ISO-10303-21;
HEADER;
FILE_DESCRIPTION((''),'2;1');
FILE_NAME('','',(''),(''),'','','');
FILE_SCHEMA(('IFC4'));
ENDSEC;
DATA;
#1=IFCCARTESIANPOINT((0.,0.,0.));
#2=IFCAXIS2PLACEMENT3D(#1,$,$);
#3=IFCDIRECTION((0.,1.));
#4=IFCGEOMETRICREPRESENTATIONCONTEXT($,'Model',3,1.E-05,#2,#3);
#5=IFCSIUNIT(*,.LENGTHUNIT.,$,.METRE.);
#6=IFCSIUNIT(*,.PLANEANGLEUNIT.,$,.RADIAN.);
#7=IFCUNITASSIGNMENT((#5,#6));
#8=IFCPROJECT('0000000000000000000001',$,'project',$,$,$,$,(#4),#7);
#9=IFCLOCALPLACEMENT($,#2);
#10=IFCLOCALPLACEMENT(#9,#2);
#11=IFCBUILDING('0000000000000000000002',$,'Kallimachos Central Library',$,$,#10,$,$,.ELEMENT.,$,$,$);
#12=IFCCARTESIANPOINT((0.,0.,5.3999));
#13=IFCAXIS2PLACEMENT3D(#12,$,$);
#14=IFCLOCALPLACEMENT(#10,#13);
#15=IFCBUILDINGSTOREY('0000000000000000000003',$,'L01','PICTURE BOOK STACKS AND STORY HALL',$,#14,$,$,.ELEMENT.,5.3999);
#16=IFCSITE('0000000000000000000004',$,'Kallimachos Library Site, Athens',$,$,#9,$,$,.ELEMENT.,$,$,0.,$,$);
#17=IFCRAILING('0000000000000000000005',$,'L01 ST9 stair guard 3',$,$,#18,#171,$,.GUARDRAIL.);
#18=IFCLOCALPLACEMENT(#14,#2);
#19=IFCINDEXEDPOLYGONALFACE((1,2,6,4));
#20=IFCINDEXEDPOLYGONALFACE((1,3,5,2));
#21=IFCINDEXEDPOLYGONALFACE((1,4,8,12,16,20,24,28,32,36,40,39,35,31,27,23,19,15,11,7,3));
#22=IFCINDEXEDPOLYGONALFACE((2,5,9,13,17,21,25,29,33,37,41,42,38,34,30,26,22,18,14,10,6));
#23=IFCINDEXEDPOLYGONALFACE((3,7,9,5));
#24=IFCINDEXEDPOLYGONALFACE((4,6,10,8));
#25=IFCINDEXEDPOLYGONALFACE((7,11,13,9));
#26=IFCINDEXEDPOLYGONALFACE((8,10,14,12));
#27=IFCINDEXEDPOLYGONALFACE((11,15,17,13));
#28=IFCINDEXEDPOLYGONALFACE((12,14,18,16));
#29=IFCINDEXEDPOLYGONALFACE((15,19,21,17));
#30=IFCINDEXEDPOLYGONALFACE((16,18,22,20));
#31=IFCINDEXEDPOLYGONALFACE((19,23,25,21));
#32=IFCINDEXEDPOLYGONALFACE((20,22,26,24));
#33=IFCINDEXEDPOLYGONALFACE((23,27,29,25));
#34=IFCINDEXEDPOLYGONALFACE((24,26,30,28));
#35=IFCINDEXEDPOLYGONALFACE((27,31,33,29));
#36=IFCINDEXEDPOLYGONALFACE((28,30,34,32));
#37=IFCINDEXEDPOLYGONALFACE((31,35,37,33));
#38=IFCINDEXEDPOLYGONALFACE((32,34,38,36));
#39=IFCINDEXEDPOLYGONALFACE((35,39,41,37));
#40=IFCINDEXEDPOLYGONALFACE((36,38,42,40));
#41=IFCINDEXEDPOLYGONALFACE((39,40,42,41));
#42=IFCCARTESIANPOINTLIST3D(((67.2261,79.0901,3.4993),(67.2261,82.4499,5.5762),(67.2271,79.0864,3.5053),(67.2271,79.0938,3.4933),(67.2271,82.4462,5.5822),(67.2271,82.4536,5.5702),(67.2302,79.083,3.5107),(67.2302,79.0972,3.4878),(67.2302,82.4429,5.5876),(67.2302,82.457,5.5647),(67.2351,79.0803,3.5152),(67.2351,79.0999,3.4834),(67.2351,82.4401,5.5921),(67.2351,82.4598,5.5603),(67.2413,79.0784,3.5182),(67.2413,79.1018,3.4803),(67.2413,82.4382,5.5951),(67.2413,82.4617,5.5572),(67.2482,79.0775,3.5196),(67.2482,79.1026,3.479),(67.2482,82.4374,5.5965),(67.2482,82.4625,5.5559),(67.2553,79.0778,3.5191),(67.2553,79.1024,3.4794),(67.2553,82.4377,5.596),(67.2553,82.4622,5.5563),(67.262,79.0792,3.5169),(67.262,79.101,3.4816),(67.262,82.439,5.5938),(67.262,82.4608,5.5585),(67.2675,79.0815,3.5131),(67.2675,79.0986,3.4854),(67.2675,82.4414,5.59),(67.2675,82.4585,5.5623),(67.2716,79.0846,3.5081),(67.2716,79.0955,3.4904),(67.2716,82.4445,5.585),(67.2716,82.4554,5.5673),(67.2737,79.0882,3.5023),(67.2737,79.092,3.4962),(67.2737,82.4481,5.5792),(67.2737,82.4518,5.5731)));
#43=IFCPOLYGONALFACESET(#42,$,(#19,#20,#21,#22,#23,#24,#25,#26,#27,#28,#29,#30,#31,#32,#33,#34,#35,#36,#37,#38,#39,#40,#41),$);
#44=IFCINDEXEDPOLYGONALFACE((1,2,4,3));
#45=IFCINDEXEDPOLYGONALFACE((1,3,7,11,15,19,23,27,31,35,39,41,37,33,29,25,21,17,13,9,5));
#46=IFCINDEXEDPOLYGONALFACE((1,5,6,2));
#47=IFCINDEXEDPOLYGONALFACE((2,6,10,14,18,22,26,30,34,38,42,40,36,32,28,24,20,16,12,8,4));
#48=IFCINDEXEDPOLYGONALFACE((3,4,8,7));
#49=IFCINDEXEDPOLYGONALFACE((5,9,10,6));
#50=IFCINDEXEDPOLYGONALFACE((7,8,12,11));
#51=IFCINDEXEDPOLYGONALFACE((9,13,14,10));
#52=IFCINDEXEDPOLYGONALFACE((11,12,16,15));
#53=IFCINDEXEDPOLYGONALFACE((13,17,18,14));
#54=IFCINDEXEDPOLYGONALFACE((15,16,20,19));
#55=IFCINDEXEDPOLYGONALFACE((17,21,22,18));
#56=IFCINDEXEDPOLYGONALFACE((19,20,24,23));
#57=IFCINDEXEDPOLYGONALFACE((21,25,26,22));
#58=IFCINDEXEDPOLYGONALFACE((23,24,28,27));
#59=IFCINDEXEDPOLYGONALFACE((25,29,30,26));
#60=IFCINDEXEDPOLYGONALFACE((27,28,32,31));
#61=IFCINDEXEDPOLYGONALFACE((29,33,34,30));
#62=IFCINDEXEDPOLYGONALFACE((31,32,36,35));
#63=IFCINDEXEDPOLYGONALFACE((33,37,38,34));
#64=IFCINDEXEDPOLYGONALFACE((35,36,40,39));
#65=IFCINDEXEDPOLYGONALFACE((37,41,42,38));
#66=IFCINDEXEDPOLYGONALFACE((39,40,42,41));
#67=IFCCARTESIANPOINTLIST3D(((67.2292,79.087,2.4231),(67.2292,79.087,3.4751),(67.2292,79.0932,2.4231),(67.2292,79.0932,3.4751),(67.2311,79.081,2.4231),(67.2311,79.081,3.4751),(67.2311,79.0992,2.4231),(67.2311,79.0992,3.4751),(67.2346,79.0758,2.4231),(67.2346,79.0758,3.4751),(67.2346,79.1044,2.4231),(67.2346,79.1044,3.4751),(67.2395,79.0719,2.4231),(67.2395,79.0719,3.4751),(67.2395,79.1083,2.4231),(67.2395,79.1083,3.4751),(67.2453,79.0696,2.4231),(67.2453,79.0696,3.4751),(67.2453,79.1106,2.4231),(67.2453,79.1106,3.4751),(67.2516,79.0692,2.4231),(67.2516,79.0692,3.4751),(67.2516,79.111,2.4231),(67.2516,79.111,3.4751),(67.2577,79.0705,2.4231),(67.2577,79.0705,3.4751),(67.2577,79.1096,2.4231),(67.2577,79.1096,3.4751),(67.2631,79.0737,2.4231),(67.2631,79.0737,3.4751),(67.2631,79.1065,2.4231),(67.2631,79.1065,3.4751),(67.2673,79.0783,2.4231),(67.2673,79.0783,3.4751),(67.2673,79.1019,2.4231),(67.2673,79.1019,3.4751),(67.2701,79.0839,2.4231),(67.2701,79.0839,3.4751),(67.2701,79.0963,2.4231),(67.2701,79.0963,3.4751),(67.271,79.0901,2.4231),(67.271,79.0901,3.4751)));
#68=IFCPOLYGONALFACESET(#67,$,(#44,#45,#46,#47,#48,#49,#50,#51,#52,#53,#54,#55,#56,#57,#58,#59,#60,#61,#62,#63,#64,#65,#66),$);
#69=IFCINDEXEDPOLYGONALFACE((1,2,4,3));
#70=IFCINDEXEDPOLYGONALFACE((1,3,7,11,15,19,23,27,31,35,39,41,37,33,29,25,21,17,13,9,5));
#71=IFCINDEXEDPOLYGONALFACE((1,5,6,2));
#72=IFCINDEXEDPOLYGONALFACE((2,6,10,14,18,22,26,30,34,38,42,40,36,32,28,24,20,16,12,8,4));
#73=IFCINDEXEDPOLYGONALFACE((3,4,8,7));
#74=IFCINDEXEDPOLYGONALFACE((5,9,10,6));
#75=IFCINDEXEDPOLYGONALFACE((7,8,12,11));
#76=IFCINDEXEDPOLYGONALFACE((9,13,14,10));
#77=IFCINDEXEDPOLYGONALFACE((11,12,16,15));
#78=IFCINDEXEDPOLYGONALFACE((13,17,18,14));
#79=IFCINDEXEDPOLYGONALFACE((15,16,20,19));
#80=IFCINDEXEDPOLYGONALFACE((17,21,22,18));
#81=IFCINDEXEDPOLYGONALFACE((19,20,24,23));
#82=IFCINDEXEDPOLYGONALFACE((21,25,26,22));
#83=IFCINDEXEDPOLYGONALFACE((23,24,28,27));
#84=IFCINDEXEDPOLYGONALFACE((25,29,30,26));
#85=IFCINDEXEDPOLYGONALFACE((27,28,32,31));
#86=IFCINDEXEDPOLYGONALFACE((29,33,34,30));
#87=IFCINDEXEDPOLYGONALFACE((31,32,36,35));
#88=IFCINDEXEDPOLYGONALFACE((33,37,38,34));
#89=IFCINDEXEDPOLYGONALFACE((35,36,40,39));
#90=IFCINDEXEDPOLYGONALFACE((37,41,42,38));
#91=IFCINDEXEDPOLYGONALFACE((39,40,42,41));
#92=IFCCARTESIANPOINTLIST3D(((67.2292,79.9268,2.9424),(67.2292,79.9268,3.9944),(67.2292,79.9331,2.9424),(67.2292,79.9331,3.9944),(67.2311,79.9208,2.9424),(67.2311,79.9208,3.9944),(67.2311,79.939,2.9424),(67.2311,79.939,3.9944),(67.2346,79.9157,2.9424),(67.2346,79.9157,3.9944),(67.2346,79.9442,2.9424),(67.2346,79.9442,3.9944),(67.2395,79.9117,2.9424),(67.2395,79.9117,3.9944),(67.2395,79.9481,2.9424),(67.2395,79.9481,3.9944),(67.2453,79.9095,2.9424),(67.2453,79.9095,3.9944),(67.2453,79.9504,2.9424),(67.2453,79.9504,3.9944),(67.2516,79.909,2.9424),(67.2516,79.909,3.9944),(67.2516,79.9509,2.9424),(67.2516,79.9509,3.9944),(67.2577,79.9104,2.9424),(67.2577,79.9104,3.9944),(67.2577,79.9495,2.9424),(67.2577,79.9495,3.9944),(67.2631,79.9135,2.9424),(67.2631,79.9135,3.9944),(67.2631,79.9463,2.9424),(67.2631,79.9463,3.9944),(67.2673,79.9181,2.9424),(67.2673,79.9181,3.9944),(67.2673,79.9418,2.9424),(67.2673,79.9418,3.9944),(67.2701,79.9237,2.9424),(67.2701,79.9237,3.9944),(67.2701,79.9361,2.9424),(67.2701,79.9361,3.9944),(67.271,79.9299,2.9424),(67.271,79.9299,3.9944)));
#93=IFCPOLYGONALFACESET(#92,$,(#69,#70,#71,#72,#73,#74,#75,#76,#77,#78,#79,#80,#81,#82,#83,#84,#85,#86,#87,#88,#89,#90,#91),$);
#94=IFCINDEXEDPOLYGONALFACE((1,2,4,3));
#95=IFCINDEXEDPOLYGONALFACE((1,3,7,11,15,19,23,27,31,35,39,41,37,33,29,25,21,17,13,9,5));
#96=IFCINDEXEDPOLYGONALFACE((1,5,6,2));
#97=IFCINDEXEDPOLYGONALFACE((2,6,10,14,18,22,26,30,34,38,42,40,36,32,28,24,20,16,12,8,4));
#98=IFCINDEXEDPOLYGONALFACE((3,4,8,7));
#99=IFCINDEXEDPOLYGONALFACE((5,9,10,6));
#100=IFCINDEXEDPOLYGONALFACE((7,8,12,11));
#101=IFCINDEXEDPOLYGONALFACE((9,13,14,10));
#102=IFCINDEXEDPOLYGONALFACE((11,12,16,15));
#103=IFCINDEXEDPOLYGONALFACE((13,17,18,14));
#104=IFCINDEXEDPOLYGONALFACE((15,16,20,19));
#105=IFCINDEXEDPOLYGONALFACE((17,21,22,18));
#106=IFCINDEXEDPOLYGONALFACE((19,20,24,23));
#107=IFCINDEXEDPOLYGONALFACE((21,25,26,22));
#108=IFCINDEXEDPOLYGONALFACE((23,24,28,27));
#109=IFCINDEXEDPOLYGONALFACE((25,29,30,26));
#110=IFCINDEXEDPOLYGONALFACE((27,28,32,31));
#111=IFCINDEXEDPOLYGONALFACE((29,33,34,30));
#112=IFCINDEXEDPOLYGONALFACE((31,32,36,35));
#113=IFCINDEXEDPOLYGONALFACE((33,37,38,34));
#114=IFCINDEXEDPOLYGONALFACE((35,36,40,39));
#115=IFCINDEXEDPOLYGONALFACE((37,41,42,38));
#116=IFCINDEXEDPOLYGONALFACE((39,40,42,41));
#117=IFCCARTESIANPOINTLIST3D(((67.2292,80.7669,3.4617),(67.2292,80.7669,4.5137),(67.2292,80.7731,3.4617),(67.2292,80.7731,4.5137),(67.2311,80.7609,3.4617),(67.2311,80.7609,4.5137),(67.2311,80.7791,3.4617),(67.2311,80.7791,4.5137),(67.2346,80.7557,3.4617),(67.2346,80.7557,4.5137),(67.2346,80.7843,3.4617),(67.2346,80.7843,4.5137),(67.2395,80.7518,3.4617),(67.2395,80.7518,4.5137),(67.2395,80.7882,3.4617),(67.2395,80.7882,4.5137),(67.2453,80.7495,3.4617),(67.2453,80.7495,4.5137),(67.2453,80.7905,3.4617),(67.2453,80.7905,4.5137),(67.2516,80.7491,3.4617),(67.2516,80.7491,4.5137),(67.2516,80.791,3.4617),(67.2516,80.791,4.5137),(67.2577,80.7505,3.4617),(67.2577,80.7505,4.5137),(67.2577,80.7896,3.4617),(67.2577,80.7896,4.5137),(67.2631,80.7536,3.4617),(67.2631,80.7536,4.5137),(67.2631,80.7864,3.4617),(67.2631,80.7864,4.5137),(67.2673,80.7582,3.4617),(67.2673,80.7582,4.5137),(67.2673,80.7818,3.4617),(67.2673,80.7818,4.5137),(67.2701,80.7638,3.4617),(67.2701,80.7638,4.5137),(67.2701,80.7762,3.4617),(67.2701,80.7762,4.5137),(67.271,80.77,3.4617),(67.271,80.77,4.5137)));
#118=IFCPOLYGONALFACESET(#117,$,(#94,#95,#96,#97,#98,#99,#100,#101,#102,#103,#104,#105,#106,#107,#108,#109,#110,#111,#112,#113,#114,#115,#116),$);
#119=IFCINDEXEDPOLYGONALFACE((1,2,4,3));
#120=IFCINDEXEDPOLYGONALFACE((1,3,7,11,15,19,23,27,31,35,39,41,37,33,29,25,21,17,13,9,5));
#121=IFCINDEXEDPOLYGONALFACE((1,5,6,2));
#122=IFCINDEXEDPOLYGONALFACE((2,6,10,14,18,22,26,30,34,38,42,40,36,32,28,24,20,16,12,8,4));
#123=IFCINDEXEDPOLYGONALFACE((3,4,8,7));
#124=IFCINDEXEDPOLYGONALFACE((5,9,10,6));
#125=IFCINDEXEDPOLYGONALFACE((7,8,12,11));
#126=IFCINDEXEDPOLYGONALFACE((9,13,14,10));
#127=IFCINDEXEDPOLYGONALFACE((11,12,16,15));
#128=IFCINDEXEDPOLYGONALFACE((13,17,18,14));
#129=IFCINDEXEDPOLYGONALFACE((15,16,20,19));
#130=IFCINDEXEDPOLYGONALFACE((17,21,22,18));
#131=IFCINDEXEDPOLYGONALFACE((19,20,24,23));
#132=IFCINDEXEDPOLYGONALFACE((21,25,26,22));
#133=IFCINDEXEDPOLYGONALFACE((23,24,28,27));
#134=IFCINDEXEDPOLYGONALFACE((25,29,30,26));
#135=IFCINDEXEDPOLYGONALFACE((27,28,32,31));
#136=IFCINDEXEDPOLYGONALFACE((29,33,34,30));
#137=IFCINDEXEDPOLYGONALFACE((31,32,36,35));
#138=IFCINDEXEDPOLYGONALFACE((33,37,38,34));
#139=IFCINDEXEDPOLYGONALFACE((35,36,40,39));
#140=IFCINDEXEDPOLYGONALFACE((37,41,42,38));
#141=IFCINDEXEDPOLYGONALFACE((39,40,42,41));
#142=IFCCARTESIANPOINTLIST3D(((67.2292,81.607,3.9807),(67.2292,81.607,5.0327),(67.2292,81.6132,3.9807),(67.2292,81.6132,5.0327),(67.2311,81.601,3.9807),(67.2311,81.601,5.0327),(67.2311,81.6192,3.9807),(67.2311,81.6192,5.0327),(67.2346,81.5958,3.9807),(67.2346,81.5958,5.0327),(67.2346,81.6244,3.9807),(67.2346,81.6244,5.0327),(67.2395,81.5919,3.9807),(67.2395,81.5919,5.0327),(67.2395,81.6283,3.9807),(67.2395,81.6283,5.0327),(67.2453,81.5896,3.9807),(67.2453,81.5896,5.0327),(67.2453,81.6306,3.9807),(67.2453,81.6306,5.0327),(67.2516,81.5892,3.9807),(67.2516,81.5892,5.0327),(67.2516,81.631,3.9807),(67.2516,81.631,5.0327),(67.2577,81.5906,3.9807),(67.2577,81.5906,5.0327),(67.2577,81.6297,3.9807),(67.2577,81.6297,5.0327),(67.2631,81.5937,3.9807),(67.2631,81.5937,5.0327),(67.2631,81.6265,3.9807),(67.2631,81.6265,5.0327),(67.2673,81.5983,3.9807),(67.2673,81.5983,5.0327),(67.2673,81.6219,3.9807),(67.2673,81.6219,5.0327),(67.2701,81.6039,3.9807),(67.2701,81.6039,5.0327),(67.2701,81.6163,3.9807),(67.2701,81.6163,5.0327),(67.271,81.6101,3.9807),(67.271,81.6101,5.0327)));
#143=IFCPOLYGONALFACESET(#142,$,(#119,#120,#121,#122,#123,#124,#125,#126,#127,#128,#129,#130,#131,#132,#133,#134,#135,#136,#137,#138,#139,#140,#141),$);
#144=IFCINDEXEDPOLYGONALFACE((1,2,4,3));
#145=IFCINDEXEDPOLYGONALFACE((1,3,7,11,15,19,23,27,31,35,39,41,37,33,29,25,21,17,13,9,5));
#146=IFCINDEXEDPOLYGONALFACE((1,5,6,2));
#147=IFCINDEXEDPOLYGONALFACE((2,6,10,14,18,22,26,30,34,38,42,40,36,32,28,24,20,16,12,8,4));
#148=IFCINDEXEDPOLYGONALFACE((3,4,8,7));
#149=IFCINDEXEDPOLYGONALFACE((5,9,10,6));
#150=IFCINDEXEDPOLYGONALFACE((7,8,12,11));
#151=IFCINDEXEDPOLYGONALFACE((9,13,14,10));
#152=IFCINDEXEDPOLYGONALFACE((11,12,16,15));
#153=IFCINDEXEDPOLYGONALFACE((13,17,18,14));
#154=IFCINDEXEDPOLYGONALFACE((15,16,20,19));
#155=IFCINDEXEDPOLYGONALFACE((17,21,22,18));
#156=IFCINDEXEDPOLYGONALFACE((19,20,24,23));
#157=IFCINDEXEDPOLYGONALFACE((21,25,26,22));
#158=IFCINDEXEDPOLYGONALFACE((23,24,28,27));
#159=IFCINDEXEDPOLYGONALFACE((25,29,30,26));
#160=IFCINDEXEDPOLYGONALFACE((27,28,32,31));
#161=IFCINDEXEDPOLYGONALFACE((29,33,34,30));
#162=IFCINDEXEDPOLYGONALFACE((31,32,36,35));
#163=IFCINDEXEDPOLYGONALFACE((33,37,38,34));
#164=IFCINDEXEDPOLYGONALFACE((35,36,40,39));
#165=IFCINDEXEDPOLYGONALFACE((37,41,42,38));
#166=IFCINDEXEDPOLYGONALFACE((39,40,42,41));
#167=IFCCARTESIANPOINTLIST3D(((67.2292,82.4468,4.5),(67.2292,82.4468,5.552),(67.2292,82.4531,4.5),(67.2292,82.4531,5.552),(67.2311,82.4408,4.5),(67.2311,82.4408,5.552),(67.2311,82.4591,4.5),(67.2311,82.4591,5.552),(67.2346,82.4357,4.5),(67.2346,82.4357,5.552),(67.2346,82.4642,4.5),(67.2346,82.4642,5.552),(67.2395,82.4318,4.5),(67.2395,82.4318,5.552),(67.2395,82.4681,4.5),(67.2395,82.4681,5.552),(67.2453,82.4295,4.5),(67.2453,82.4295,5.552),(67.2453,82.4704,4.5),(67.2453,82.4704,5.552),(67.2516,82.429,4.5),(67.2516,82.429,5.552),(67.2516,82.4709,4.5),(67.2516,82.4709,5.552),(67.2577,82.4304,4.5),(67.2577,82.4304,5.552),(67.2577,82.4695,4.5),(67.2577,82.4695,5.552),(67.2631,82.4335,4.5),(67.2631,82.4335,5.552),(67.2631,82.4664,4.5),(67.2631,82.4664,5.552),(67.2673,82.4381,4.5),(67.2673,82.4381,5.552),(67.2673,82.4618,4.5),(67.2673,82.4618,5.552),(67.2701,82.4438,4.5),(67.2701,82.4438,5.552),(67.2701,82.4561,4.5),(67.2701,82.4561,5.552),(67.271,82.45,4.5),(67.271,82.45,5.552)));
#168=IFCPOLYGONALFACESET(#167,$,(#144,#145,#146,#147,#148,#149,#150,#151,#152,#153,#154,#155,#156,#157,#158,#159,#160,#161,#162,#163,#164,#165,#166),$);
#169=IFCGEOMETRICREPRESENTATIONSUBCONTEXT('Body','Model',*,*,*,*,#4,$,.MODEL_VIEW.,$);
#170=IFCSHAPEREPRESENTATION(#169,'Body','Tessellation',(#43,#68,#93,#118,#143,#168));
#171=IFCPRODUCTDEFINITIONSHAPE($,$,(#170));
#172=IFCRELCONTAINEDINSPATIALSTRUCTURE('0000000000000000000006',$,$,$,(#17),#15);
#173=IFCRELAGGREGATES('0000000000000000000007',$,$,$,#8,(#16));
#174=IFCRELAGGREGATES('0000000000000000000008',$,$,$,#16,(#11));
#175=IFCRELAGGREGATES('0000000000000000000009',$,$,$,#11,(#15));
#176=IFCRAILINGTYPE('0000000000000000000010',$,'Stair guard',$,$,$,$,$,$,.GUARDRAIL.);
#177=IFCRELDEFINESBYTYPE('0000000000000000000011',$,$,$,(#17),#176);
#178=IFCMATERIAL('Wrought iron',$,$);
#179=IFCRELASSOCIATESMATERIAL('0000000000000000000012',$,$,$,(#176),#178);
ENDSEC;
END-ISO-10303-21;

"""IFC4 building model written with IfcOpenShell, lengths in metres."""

from ifc_helpers import new_model, si_unit, direction, frame, origin, origin_2d, place, context, subcontext, project, spatial, circle, extrude, material, type_object, element, save


model = new_model("IFC4")

# Units and contexts
model_context = context("Model", 3, precision=1e-05, world=origin(), true_north=direction((0.0, 1.0)))
body_context = subcontext(model_context, "Body", "Model", "MODEL_VIEW")
ifc_project = project(units=[si_unit("LENGTHUNIT", "METRE"), si_unit("PLANEANGLEUNIT", "RADIAN")], contexts=[model_context])

# Site, building, storey
site_placement = place(None, origin())
site = spatial("IfcSite", under=ifc_project, at=site_placement, Name="Kallimachos Library Site, Athens", CompositionType="ELEMENT", RefElevation=0.0)
building_placement = place(site_placement, origin())
building = spatial("IfcBuilding", under=site, at=building_placement, Name="Kallimachos Central Library", CompositionType="ELEMENT")
storey_placement = place(building_placement, frame((0.0, 0.0, 5.3999)))
storey = spatial("IfcBuildingStorey", under=building, at=storey_placement, Name="L01", Description="PICTURE BOOK STACKS AND STORY HALL", CompositionType="ELEMENT", Elevation=5.3999)

# Railing
ifc_material_1 = material(Name="Wrought iron")
railing_type_1 = type_object("IfcRailingType", Name="Stair guard", PredefinedType="GUARDRAIL", material=ifc_material_1)
railing_1_placement = place(storey_placement, frame((67.25, 79.0901, 2.4231)))
element("IfcRailing", 1, at=railing_1_placement, inside=storey, type_object=railing_type_1, Name="L01 ST9 stair guard 3", PredefinedType="GUARDRAIL", context=body_context, shape_type="SweptSolid", body=[
    extrude(circle(Radius=0.0239, at=origin_2d()), frame((0.0, 0.0, 1.0762), z_axis=(0.0, 0.850606, 0.525803), x_axis=(-1.0, 0.0, 0.0)), (0.0, 0.0, 1.0), 3.95),
    extrude(circle(Radius=0.021, at=origin_2d()), origin(), (0.0, 0.0, 1.0), 1.052),
    extrude(circle(Radius=0.021, at=origin_2d()), frame((0.0, 0.8398, 0.5193)), (0.0, 0.0, 1.0), 1.052),
    extrude(circle(Radius=0.021, at=origin_2d()), frame((0.0, 1.6799, 1.0386)), (0.0, 0.0, 1.0), 1.052),
    extrude(circle(Radius=0.021, at=origin_2d()), frame((0.0, 2.52, 1.5576)), (0.0, 0.0, 1.0), 1.052),
    extrude(circle(Radius=0.021, at=origin_2d()), frame((0.0, 3.3599, 2.0769)), (0.0, 0.0, 1.0), 1.052),
])

save(model, "model.ifc")
